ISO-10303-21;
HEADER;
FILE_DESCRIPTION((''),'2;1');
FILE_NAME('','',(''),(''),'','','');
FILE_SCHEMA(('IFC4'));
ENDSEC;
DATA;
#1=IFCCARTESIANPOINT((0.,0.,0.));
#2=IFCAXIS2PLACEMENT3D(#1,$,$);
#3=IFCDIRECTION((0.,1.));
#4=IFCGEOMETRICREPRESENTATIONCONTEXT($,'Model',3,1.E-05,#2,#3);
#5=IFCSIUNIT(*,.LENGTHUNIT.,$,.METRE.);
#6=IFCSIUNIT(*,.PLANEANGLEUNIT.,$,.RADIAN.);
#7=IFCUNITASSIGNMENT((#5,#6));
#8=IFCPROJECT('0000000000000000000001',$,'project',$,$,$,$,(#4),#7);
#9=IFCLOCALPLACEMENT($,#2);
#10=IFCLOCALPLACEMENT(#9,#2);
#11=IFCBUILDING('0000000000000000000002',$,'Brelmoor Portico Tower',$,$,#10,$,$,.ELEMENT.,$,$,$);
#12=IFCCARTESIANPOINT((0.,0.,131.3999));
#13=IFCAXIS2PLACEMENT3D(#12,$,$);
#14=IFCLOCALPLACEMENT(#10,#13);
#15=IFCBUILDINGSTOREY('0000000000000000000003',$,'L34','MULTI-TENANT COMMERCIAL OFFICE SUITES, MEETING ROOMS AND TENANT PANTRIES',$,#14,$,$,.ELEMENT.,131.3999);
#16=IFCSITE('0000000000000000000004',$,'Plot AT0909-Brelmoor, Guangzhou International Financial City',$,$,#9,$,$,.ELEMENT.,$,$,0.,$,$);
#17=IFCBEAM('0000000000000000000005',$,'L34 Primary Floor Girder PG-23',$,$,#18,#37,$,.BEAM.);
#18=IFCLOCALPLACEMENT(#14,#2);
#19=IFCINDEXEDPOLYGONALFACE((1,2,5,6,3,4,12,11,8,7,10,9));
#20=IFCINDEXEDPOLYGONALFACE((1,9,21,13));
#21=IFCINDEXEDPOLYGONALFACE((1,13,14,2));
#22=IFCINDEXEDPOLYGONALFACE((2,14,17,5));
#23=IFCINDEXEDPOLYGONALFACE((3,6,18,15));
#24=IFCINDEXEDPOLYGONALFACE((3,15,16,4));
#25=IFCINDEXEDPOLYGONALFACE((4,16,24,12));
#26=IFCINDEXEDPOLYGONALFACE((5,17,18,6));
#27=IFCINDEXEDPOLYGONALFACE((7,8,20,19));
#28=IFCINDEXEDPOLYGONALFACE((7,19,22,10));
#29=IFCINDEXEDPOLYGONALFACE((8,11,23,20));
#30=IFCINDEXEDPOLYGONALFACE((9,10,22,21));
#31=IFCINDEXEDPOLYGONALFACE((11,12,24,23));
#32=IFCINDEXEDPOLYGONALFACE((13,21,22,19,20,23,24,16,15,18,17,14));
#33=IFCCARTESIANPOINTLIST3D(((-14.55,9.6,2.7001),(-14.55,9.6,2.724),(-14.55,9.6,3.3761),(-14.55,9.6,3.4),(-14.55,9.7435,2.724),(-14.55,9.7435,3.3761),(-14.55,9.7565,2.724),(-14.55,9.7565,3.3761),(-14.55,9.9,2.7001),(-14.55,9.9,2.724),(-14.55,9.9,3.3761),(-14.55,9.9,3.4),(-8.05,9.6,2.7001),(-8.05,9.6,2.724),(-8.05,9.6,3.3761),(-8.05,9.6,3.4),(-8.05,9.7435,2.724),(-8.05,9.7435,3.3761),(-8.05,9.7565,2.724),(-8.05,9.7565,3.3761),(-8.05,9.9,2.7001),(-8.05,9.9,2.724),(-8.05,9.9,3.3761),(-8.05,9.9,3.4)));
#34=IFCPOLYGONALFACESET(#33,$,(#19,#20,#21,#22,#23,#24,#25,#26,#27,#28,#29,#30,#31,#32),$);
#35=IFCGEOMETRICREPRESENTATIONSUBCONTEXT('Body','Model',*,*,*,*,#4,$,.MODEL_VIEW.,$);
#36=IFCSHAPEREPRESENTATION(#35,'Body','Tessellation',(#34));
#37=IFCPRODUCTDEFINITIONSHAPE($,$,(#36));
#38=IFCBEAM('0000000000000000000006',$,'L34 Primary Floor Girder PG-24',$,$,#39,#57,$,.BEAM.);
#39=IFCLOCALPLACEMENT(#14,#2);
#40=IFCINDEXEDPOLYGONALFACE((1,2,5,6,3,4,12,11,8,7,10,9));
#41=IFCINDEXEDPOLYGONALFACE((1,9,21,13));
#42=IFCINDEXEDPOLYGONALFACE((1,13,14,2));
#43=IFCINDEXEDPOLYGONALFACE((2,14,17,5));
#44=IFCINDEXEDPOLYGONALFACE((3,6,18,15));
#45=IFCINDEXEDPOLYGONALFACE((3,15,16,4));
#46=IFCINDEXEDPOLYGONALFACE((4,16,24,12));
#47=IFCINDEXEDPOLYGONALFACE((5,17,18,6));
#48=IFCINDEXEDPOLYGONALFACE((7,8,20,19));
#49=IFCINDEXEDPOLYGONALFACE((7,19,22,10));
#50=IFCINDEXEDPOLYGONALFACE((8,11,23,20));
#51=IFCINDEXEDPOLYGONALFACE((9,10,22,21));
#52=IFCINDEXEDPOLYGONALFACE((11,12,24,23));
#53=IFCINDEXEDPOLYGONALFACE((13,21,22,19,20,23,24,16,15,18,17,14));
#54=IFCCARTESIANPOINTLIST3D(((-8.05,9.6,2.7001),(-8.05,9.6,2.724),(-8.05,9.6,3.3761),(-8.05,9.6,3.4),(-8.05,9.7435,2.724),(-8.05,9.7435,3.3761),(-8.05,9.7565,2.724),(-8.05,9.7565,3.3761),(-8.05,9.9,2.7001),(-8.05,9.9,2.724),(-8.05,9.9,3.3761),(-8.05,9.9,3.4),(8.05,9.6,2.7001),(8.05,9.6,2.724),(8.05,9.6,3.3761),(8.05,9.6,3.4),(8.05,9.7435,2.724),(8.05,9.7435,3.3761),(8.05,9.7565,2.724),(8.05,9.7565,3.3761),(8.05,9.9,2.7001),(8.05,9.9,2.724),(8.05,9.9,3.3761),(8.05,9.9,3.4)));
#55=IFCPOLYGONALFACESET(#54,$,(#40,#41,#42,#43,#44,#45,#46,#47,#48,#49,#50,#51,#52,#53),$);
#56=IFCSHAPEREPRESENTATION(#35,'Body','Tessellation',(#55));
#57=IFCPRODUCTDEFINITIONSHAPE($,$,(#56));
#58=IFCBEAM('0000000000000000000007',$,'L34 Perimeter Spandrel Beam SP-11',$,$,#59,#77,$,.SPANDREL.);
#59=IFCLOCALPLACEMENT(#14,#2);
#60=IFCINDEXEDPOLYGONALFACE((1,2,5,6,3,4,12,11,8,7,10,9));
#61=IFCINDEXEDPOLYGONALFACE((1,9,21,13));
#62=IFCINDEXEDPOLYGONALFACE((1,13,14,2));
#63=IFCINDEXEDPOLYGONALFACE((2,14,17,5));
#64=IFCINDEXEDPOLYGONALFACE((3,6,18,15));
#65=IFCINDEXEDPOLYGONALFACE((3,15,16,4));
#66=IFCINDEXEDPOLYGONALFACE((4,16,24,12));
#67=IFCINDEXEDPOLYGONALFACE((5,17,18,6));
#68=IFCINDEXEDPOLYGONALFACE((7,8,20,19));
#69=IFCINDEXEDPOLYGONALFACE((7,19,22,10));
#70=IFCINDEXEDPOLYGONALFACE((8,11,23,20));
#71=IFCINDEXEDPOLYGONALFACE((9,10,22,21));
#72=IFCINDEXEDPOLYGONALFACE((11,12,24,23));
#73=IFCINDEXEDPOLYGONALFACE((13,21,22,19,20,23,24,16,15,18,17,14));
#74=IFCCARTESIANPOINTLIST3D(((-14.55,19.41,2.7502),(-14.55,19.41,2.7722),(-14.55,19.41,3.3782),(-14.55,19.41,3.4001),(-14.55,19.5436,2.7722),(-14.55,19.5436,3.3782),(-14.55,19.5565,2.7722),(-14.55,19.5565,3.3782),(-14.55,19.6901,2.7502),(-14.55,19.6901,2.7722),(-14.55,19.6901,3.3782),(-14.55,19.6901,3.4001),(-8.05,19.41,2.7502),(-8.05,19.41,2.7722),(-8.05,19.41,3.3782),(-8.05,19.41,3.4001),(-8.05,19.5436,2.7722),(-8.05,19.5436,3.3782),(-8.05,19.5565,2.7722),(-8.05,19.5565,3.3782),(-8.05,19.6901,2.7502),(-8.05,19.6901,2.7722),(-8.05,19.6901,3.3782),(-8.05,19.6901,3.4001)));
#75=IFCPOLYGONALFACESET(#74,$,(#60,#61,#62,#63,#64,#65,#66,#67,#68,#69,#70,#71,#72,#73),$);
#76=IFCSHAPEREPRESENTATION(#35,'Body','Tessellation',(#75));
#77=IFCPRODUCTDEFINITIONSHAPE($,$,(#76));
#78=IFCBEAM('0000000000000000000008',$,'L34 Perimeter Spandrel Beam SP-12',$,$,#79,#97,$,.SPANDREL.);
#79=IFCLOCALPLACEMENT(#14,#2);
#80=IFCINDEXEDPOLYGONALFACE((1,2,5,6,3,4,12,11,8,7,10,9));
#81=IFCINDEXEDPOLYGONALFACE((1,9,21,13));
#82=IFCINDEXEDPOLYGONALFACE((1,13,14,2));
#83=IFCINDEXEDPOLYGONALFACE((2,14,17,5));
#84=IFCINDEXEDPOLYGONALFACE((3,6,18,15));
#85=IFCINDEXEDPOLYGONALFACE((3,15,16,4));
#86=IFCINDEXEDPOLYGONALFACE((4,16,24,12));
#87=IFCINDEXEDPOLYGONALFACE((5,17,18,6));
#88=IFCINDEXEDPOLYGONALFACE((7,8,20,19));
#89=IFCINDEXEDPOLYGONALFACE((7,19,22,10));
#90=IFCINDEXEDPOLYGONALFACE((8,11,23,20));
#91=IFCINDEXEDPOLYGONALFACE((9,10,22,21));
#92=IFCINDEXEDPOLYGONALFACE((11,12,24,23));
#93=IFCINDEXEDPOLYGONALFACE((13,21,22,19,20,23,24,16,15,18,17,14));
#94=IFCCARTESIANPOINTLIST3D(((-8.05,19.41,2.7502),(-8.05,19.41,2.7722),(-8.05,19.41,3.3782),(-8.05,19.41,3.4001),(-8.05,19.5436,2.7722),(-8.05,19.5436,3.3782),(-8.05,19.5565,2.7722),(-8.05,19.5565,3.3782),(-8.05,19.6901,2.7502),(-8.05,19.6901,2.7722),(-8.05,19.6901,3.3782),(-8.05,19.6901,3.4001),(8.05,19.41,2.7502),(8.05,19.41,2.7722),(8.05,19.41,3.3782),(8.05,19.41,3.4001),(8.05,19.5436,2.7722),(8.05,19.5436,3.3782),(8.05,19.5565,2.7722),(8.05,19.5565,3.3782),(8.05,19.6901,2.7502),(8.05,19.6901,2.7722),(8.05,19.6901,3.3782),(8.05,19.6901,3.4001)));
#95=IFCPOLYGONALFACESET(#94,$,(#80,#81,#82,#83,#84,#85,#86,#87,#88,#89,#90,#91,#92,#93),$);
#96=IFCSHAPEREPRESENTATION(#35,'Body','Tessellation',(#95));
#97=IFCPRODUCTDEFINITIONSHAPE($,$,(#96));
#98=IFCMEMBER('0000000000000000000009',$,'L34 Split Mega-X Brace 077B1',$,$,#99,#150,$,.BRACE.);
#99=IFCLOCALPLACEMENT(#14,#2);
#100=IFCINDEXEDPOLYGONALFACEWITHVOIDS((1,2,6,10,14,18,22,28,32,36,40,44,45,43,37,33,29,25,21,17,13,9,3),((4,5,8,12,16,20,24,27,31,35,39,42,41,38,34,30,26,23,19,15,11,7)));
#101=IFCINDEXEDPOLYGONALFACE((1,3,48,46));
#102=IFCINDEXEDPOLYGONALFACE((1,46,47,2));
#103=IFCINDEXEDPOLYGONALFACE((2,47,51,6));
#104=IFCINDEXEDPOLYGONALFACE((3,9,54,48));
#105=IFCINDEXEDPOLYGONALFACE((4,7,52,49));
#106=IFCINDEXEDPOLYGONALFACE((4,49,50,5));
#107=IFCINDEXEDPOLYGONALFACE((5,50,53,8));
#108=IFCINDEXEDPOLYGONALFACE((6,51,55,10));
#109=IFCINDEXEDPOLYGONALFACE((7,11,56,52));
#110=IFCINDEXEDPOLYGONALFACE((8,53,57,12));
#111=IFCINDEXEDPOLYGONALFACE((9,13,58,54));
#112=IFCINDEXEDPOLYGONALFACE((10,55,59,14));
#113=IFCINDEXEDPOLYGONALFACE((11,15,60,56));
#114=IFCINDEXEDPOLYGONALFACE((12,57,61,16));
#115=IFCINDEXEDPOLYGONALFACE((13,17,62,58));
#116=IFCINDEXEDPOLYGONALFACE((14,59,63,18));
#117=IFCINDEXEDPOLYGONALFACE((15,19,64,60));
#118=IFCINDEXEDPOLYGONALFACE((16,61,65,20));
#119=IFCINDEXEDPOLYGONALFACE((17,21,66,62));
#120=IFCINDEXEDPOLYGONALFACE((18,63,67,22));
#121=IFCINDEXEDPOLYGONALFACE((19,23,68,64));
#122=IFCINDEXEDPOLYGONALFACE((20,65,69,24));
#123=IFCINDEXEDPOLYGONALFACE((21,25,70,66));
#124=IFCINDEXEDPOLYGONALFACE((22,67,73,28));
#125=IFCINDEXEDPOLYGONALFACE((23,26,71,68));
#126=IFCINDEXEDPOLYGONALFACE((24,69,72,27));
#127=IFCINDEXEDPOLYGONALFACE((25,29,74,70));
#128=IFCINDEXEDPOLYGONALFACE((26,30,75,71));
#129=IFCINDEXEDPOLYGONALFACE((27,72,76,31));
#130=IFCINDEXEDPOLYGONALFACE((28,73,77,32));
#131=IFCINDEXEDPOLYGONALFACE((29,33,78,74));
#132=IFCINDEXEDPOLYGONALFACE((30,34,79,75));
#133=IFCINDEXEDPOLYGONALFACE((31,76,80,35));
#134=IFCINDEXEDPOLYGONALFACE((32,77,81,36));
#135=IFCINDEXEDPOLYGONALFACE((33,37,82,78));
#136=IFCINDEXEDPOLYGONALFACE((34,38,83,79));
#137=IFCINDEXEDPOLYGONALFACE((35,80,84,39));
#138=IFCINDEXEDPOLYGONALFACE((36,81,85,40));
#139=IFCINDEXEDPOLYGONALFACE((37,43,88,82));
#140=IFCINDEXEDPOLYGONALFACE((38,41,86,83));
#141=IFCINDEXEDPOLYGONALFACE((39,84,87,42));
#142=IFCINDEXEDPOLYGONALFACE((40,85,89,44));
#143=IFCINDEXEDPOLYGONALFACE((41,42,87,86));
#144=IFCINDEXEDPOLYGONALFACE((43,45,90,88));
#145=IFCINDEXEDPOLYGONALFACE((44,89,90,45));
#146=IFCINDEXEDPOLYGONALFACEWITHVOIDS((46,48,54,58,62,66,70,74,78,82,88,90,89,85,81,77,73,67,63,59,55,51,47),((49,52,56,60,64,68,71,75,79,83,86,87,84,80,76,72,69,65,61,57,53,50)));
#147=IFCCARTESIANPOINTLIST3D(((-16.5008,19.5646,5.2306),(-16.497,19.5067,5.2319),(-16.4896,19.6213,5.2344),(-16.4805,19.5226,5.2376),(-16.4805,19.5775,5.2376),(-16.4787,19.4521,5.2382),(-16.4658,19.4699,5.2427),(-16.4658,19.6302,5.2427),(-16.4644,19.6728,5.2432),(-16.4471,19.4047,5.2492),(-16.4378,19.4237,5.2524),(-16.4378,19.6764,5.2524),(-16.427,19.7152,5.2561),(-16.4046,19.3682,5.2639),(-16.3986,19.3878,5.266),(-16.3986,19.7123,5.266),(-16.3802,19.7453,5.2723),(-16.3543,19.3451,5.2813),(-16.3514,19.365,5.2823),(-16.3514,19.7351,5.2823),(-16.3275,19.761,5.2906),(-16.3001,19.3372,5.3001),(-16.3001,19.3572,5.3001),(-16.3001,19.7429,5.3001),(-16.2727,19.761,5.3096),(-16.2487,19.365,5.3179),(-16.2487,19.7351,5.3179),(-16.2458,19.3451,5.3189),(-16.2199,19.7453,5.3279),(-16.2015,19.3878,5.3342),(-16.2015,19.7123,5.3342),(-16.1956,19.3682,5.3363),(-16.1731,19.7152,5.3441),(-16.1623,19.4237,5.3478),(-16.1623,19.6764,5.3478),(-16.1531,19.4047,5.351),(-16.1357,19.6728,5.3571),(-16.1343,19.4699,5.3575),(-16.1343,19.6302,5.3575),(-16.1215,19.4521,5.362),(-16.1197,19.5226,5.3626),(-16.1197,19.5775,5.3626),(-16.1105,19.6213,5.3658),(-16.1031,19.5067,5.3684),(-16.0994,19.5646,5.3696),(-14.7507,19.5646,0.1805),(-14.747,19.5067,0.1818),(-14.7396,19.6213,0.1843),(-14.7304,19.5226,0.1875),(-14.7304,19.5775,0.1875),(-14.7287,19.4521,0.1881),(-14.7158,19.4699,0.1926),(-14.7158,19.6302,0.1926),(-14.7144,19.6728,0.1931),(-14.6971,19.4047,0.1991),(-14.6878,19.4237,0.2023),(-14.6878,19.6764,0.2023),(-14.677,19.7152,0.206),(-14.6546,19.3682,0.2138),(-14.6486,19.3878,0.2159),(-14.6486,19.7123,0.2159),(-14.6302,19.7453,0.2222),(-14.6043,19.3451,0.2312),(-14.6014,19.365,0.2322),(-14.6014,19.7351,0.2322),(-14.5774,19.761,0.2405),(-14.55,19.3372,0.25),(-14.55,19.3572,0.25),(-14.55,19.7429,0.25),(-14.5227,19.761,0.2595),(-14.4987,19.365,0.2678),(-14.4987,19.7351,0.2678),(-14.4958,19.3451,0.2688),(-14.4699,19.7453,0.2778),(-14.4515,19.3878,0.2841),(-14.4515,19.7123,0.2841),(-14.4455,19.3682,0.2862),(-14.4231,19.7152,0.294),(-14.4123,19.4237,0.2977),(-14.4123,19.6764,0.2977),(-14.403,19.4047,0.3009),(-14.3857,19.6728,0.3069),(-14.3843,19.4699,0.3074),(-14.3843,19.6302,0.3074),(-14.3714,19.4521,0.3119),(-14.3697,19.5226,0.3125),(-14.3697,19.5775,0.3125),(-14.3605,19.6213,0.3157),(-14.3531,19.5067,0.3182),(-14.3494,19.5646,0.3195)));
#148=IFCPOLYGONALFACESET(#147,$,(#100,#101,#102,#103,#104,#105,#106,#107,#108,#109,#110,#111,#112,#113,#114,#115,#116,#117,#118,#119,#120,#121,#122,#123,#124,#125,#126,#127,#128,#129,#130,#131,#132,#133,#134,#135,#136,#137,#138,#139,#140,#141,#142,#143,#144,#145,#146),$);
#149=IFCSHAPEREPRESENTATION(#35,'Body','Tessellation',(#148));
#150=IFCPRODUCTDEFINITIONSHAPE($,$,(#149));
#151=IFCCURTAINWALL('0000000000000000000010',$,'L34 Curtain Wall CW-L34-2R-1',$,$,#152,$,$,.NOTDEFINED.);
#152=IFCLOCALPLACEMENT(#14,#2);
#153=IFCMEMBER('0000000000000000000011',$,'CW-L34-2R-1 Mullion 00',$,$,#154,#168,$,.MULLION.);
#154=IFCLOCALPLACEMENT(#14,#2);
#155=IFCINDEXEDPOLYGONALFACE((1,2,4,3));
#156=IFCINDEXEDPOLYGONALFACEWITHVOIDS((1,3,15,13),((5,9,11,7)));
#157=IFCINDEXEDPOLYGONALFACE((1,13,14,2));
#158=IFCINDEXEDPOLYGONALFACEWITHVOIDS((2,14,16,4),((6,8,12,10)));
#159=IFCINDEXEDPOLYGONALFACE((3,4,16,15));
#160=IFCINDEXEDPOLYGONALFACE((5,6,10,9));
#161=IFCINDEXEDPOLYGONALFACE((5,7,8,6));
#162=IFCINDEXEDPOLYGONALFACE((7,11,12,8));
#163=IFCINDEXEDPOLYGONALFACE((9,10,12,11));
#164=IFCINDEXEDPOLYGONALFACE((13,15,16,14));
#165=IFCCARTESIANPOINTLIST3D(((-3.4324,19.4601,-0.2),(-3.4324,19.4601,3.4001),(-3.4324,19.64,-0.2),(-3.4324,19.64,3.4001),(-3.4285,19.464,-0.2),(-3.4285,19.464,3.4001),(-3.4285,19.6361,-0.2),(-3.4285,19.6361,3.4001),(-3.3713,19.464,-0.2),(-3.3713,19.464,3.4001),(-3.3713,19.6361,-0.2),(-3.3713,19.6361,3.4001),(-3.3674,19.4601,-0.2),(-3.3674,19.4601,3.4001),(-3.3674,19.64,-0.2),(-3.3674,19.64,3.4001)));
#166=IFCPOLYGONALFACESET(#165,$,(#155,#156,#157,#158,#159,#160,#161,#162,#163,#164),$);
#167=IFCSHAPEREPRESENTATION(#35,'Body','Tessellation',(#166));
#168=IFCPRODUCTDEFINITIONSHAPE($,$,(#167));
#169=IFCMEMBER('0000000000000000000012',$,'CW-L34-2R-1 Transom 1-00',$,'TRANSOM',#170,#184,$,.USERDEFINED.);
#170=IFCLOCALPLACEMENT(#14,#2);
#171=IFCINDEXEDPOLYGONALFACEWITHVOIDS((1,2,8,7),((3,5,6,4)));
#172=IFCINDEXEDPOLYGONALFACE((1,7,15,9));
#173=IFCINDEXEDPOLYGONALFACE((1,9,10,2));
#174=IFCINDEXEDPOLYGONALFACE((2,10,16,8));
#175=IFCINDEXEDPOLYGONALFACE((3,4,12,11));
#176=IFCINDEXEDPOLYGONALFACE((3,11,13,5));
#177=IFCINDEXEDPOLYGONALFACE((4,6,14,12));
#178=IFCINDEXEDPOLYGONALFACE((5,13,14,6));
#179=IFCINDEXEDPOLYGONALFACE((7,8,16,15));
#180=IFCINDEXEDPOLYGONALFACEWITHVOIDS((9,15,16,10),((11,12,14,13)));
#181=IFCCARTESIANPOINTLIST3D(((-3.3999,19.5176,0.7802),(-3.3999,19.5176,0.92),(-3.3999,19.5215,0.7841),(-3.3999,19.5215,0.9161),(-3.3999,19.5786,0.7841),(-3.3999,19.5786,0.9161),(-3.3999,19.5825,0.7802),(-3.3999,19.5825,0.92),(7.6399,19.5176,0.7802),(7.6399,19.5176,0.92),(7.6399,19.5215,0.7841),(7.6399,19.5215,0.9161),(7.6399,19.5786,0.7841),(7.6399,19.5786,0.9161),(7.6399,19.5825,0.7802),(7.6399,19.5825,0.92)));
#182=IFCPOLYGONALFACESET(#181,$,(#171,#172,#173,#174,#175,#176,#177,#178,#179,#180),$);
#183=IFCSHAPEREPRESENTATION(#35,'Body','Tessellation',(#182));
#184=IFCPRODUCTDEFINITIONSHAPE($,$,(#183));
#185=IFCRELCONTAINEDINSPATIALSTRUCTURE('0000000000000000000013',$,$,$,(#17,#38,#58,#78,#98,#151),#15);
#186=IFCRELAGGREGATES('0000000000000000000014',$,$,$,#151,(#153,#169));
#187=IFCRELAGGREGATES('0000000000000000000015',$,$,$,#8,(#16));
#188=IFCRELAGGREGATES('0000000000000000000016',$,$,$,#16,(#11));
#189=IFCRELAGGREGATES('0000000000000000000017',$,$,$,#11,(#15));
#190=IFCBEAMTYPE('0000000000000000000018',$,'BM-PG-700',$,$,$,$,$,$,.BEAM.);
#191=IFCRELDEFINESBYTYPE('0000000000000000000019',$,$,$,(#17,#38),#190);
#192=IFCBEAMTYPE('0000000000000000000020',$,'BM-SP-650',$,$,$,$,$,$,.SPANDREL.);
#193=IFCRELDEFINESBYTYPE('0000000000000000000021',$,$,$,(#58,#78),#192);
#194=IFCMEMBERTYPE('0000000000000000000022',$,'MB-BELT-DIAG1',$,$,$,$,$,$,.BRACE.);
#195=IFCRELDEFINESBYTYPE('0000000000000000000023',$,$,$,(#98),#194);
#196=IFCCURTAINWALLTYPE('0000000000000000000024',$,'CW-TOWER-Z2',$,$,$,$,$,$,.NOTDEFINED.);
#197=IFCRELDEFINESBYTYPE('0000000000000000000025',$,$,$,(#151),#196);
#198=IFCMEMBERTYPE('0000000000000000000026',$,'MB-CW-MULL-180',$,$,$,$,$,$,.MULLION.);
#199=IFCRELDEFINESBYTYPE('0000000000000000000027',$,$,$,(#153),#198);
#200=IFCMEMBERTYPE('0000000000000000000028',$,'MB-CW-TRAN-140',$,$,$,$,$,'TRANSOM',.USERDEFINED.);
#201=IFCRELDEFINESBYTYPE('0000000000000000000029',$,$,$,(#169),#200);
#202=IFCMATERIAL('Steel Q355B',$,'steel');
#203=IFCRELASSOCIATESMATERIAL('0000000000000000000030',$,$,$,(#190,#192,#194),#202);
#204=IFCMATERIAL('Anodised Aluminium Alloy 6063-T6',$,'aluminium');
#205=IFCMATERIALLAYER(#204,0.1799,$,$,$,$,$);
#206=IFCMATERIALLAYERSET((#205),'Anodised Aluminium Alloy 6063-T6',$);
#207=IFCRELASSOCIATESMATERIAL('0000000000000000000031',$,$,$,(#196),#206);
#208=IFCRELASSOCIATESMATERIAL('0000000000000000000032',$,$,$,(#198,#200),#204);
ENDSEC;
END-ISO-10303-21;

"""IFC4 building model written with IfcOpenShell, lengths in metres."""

from ifc_helpers import new_model, si_unit, direction, frame, origin, origin_2d, place, context, subcontext, project, spatial, hollow_rectangle, hollow_circle, i_section, extrude, material, layer, layer_set, material_profile, profile_set, type_object, element, aggregate, save


model = new_model("IFC4")

# Units and contexts
model_context = context("Model", 3, precision=1e-05, world=origin(), true_north=direction((0.0, 1.0)))
body_context = subcontext(model_context, "Body", "Model", "MODEL_VIEW")
ifc_project = project(units=[si_unit("LENGTHUNIT", "METRE"), si_unit("PLANEANGLEUNIT", "RADIAN")], contexts=[model_context])

# Site, building, storey
site_placement = place(None, origin())
site = spatial("IfcSite", under=ifc_project, at=site_placement, Name="Plot AT0909-Brelmoor, Guangzhou International Financial City", CompositionType="ELEMENT", RefElevation=0.0)
building_placement = place(site_placement, origin())
building = spatial("IfcBuilding", under=site, at=building_placement, Name="Brelmoor Portico Tower", CompositionType="ELEMENT")
storey_placement = place(building_placement, frame((0.0, 0.0, 131.3999)))
storey = spatial("IfcBuildingStorey", under=building, at=storey_placement, Name="L34", Description="MULTI-TENANT COMMERCIAL OFFICE SUITES, MEETING ROOMS AND TENANT PANTRIES", CompositionType="ELEMENT", Elevation=131.3999)

# Shared definitions
ifc_material_1 = material(Name="Steel Q355B", Category="steel")

# Beams
ifc_material_profile_1 = material_profile(ifc_material_1, i_section(OverallWidth=0.3, OverallDepth=0.7, WebThickness=0.0129, FlangeThickness=0.0239, at=origin_2d()), Name="HN 700x300x13x24")
ifc_profile_set_1 = profile_set([ifc_material_profile_1], Name="Steel Q355B")
beam_type_1 = type_object("IfcBeamType", Name="BM-PG-700", PredefinedType="BEAM", material=ifc_profile_set_1)
beam_1_placement = place(storey_placement, frame((-14.55, 9.75, 3.05), z_axis=(1.0, 0.0, 0.0), x_axis=(0.0, 1.0, 0.0)))
element("IfcBeam", 1, at=beam_1_placement, inside=storey, type_object=beam_type_1, Name="L34 Primary Floor Girder PG-23", PredefinedType="BEAM", context=body_context, shape_type="SweptSolid", body=[
    extrude(i_section(OverallWidth=0.3, OverallDepth=0.7, WebThickness=0.0129, FlangeThickness=0.0239, at=origin_2d()), origin(), (0.0, 0.0, 1.0), 6.5),
])
beam_2_placement = place(storey_placement, frame((-8.05, 9.75, 3.05), z_axis=(1.0, 0.0, 0.0), x_axis=(0.0, 1.0, 0.0)))
element("IfcBeam", 2, at=beam_2_placement, inside=storey, type_object=beam_type_1, Name="L34 Primary Floor Girder PG-24", PredefinedType="BEAM", context=body_context, shape_type="SweptSolid", body=[
    extrude(i_section(OverallWidth=0.3, OverallDepth=0.7, WebThickness=0.0129, FlangeThickness=0.0239, at=origin_2d()), origin(), (0.0, 0.0, 1.0), 16.1001),
])
ifc_material_profile_2 = material_profile(ifc_material_1, i_section(OverallWidth=0.28, OverallDepth=0.6499, WebThickness=0.0129, FlangeThickness=0.022, at=origin_2d()), Name="HN 650x280x13x22")
ifc_profile_set_2 = profile_set([ifc_material_profile_2], Name="Steel Q355B")
beam_type_2 = type_object("IfcBeamType", Name="BM-SP-650", PredefinedType="SPANDREL", material=ifc_profile_set_2)
beam_3_placement = place(storey_placement, frame((-14.55, 19.55, 3.0752), z_axis=(1.0, 0.0, 0.0), x_axis=(0.0, 1.0, 0.0)))
element("IfcBeam", 3, at=beam_3_placement, inside=storey, type_object=beam_type_2, Name="L34 Perimeter Spandrel Beam SP-11", PredefinedType="SPANDREL", context=body_context, shape_type="SweptSolid", body=[
    extrude(i_section(OverallWidth=0.28, OverallDepth=0.6499, WebThickness=0.0129, FlangeThickness=0.022, at=origin_2d()), origin(), (0.0, 0.0, 1.0), 6.5),
])
beam_4_placement = place(storey_placement, frame((-8.05, 19.55, 3.0752), z_axis=(1.0, 0.0, 0.0), x_axis=(0.0, 1.0, 0.0)))
element("IfcBeam", 4, at=beam_4_placement, inside=storey, type_object=beam_type_2, Name="L34 Perimeter Spandrel Beam SP-12", PredefinedType="SPANDREL", context=body_context, shape_type="SweptSolid", body=[
    extrude(i_section(OverallWidth=0.28, OverallDepth=0.6499, WebThickness=0.0129, FlangeThickness=0.022, at=origin_2d()), origin(), (0.0, 0.0, 1.0), 16.1001),
])

# Member
ifc_material_profile_3 = material_profile(ifc_material_1, hollow_circle(Radius=0.2129, WallThickness=0.02, at=origin_2d()), Name="CHS 426x20")
ifc_profile_set_3 = profile_set([ifc_material_profile_3], Name="Steel Q355B")
member_type_1 = type_object("IfcMemberType", Name="MB-BELT-DIAG1", PredefinedType="BRACE", material=ifc_profile_set_3)
member_1_placement = place(storey_placement, frame((-14.55, 19.55, 0.25), z_axis=(-0.327429, 0.0, 0.944876), x_axis=(0.0, -1.0, 0.0)))
element("IfcMember", 5, at=member_1_placement, inside=storey, type_object=member_type_1, Name="L34 Split Mega-X Brace 077B1", PredefinedType="BRACE", context=body_context, shape_type="SweptSolid", body=[
    extrude(hollow_circle(Radius=0.2129, WallThickness=0.02, at=origin_2d()), origin(), (0.0, 0.0, 1.0), 5.3447),
])

# Curtain wall, members
ifc_material_2 = material(Name="Anodised Aluminium Alloy 6063-T6", Category="aluminium")
ifc_layer_1 = layer(ifc_material_2, 0.1799)
ifc_layer_set_1 = layer_set([ifc_layer_1], Name="Anodised Aluminium Alloy 6063-T6")
curtain_wall_type = type_object("IfcCurtainWallType", Name="CW-TOWER-Z2", PredefinedType="NOTDEFINED", material=ifc_layer_set_1)
curtain_wall_placement = place(storey_placement, origin())
curtain_wall = element("IfcCurtainWall", 6, at=curtain_wall_placement, inside=storey, type_object=curtain_wall_type, Name="L34 Curtain Wall CW-L34-2R-1", PredefinedType="NOTDEFINED")
ifc_material_profile_4 = material_profile(ifc_material_2, hollow_rectangle(XDim=0.0649, YDim=0.1799, WallThickness=0.0039, at=origin_2d()), Name="ALU MULLION 65x180")
ifc_profile_set_4 = profile_set([ifc_material_profile_4], Name="Anodised Aluminium Alloy 6063-T6")
member_type_2 = type_object("IfcMemberType", Name="MB-CW-MULL-180", PredefinedType="MULLION", material=ifc_profile_set_4)
member_2_placement = place(storey_placement, frame((-3.3999, 19.55, -0.2), z_axis=(0.0, 0.0, 1.0), x_axis=(1.0, 0.0, 0.0)))
member_2 = element("IfcMember", 7, at=member_2_placement, type_object=member_type_2, Name="CW-L34-2R-1 Mullion 00", PredefinedType="MULLION", context=body_context, shape_type="SweptSolid", body=[
    extrude(hollow_rectangle(XDim=0.0649, YDim=0.1799, WallThickness=0.0039, at=origin_2d()), origin(), (0.0, 0.0, 1.0), 3.6001),
])
ifc_material_profile_5 = material_profile(ifc_material_2, hollow_rectangle(XDim=0.0649, YDim=0.1399, WallThickness=0.0039, at=origin_2d()), Name="ALU TRANSOM 65x140")
ifc_profile_set_5 = profile_set([ifc_material_profile_5], Name="Anodised Aluminium Alloy 6063-T6")
member_type_3 = type_object("IfcMemberType", Name="MB-CW-TRAN-140", ElementType="TRANSOM", PredefinedType="USERDEFINED", material=ifc_profile_set_5)
member_3_placement = place(storey_placement, frame((-3.3999, 19.55, 0.8501), z_axis=(1.0, 0.0, 0.0), x_axis=(0.0, 1.0, 0.0)))
member_3 = element("IfcMember", 8, at=member_3_placement, type_object=member_type_3, Name="CW-L34-2R-1 Transom 1-00", ObjectType="TRANSOM", PredefinedType="USERDEFINED", context=body_context, shape_type="SweptSolid", body=[
    extrude(hollow_rectangle(XDim=0.0649, YDim=0.1399, WallThickness=0.0039, at=origin_2d()), origin(), (0.0, 0.0, 1.0), 11.0398),
])
aggregate(curtain_wall, [member_2, member_3])

save(model, "model.ifc")
